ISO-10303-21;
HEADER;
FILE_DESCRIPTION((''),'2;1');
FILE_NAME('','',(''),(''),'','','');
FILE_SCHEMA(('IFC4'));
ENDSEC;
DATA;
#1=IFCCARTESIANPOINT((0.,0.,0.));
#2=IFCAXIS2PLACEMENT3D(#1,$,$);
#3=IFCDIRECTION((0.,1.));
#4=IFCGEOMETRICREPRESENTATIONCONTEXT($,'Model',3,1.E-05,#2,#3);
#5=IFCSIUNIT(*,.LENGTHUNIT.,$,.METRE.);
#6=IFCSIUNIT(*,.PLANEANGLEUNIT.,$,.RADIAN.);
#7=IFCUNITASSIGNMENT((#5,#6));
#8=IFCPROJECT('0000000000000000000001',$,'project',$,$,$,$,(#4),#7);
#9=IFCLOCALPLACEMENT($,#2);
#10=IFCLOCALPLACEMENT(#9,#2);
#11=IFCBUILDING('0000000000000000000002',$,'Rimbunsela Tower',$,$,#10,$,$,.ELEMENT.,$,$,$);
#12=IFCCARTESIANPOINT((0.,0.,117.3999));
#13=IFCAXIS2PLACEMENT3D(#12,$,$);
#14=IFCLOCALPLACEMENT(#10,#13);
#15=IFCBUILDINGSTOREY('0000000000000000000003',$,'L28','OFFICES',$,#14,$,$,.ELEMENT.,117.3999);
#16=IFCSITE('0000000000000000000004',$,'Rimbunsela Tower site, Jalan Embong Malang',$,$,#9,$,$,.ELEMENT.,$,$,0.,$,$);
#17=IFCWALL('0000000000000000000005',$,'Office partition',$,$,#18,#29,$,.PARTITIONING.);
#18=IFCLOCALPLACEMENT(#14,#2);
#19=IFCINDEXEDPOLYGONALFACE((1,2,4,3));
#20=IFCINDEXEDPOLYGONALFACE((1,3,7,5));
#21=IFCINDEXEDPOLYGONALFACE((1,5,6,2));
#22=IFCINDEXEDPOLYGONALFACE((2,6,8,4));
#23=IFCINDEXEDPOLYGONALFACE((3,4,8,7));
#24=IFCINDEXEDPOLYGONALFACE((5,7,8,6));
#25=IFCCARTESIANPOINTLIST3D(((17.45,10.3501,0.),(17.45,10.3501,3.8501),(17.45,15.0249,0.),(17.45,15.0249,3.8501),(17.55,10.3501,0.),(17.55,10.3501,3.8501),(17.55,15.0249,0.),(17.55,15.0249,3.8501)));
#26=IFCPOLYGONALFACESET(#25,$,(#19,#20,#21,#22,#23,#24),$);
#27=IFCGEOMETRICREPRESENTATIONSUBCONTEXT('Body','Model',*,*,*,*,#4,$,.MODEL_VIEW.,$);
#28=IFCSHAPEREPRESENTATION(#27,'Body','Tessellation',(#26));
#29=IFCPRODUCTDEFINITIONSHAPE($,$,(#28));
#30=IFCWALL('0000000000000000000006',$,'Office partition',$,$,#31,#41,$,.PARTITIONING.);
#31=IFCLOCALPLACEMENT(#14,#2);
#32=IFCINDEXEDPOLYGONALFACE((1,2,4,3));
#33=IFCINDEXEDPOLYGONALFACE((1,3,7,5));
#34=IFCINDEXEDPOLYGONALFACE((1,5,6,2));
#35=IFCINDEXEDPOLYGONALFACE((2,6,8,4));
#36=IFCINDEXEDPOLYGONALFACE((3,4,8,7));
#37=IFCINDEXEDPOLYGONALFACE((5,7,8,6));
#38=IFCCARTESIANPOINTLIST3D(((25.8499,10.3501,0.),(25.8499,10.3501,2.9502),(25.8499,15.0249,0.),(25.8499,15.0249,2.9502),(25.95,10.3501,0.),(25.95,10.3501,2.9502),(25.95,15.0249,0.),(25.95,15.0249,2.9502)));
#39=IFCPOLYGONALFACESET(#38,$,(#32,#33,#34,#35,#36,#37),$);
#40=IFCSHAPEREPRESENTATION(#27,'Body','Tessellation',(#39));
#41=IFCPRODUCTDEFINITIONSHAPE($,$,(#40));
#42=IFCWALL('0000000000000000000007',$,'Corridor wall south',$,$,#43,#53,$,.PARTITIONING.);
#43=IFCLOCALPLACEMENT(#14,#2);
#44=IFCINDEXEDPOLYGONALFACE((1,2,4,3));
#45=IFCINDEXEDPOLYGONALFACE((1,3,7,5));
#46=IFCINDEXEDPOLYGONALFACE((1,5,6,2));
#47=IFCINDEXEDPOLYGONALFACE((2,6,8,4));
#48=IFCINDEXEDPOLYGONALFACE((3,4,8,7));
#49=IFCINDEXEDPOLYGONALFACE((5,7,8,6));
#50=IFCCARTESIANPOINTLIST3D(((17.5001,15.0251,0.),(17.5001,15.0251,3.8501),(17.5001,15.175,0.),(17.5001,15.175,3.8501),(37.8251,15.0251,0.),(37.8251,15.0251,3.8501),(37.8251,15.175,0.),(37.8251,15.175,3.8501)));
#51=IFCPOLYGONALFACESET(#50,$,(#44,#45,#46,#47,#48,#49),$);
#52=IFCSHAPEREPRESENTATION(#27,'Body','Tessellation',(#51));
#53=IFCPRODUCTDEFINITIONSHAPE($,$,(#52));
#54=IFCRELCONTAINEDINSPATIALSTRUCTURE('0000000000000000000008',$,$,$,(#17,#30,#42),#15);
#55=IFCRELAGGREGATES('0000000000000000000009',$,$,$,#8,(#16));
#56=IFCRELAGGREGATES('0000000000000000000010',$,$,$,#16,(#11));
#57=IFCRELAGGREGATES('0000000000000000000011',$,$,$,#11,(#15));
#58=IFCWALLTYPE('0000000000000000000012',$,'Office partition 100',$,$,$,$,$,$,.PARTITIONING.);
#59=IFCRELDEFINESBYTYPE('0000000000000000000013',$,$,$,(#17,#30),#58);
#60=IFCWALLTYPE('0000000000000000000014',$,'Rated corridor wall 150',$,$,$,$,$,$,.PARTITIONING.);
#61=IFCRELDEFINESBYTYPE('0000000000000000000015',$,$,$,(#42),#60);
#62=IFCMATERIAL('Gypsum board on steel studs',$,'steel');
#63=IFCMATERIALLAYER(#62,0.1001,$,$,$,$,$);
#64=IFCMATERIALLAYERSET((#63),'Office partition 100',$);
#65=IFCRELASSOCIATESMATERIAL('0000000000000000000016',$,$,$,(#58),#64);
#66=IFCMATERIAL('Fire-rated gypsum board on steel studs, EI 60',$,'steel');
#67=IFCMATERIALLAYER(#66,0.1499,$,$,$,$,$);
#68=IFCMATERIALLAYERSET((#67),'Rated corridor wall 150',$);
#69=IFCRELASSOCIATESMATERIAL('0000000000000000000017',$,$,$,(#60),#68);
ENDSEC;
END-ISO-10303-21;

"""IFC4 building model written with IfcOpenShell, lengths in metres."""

from ifc_helpers import new_model, si_unit, direction, frame, frame_2d, origin, place, context, subcontext, project, spatial, rectangle, extrude, material, layer, layer_set, type_object, element, save


model = new_model("IFC4")

# Units and contexts
model_context = context("Model", 3, precision=1e-05, world=origin(), true_north=direction((0.0, 1.0)))
body_context = subcontext(model_context, "Body", "Model", "MODEL_VIEW")
ifc_project = project(units=[si_unit("LENGTHUNIT", "METRE"), si_unit("PLANEANGLEUNIT", "RADIAN")], contexts=[model_context])

# Site, building, storey
site_placement = place(None, origin())
site = spatial("IfcSite", under=ifc_project, at=site_placement, Name="Rimbunsela Tower site, Jalan Embong Malang", CompositionType="ELEMENT", RefElevation=0.0)
building_placement = place(site_placement, origin())
building = spatial("IfcBuilding", under=site, at=building_placement, Name="Rimbunsela Tower", CompositionType="ELEMENT")
storey_placement = place(building_placement, frame((0.0, 0.0, 117.3999)))
storey = spatial("IfcBuildingStorey", under=building, at=storey_placement, Name="L28", Description="OFFICES", CompositionType="ELEMENT", Elevation=117.3999)

# Walls
ifc_material_1 = material(Name="Gypsum board on steel studs", Category="steel")
ifc_layer_1 = layer(ifc_material_1, 0.1001)
ifc_layer_set_1 = layer_set([ifc_layer_1], Name="Office partition 100")
wall_type_1 = type_object("IfcWallType", Name="Office partition 100", PredefinedType="PARTITIONING", material=ifc_layer_set_1)
wall_1_placement = place(storey_placement, frame((17.5, 10.3501, 0.0), z_axis=(0.0, 0.0, 1.0), x_axis=(0.0, 1.0, 0.0)))
element("IfcWall", 1, at=wall_1_placement, inside=storey, type_object=wall_type_1, Name="Office partition", PredefinedType="PARTITIONING", context=body_context, shape_type="SweptSolid", body=[
    extrude(rectangle(XDim=4.6748, YDim=0.1001, at=frame_2d((2.3374, 0.0))), origin(), (0.0, 0.0, 1.0), 3.8501),
])
wall_2_placement = place(storey_placement, frame((25.8999, 10.3501, 0.0), z_axis=(0.0, 0.0, 1.0), x_axis=(0.0, 1.0, 0.0)))
element("IfcWall", 2, at=wall_2_placement, inside=storey, type_object=wall_type_1, Name="Office partition", PredefinedType="PARTITIONING", context=body_context, shape_type="SweptSolid", body=[
    extrude(rectangle(XDim=4.6748, YDim=0.1001, at=frame_2d((2.3374, 0.0))), origin(), (0.0, 0.0, 1.0), 2.9502),
])
ifc_material_2 = material(Name="Fire-rated gypsum board on steel studs, EI 60", Category="steel")
ifc_layer_2 = layer(ifc_material_2, 0.1499)
ifc_layer_set_2 = layer_set([ifc_layer_2], Name="Rated corridor wall 150")
wall_type_2 = type_object("IfcWallType", Name="Rated corridor wall 150", PredefinedType="PARTITIONING", material=ifc_layer_set_2)
wall_3_placement = place(storey_placement, frame((17.5, 15.1001, 0.0), z_axis=(0.0, 0.0, 1.0), x_axis=(1.0, 0.0, 0.0)))
element("IfcWall", 3, at=wall_3_placement, inside=storey, type_object=wall_type_2, Name="Corridor wall south", PredefinedType="PARTITIONING", context=body_context, shape_type="SweptSolid", body=[
    extrude(rectangle(XDim=20.325, YDim=0.1499, at=frame_2d((10.1626, 0.0))), origin(), (0.0, 0.0, 1.0), 3.8501),
])

save(model, "model.ifc")
